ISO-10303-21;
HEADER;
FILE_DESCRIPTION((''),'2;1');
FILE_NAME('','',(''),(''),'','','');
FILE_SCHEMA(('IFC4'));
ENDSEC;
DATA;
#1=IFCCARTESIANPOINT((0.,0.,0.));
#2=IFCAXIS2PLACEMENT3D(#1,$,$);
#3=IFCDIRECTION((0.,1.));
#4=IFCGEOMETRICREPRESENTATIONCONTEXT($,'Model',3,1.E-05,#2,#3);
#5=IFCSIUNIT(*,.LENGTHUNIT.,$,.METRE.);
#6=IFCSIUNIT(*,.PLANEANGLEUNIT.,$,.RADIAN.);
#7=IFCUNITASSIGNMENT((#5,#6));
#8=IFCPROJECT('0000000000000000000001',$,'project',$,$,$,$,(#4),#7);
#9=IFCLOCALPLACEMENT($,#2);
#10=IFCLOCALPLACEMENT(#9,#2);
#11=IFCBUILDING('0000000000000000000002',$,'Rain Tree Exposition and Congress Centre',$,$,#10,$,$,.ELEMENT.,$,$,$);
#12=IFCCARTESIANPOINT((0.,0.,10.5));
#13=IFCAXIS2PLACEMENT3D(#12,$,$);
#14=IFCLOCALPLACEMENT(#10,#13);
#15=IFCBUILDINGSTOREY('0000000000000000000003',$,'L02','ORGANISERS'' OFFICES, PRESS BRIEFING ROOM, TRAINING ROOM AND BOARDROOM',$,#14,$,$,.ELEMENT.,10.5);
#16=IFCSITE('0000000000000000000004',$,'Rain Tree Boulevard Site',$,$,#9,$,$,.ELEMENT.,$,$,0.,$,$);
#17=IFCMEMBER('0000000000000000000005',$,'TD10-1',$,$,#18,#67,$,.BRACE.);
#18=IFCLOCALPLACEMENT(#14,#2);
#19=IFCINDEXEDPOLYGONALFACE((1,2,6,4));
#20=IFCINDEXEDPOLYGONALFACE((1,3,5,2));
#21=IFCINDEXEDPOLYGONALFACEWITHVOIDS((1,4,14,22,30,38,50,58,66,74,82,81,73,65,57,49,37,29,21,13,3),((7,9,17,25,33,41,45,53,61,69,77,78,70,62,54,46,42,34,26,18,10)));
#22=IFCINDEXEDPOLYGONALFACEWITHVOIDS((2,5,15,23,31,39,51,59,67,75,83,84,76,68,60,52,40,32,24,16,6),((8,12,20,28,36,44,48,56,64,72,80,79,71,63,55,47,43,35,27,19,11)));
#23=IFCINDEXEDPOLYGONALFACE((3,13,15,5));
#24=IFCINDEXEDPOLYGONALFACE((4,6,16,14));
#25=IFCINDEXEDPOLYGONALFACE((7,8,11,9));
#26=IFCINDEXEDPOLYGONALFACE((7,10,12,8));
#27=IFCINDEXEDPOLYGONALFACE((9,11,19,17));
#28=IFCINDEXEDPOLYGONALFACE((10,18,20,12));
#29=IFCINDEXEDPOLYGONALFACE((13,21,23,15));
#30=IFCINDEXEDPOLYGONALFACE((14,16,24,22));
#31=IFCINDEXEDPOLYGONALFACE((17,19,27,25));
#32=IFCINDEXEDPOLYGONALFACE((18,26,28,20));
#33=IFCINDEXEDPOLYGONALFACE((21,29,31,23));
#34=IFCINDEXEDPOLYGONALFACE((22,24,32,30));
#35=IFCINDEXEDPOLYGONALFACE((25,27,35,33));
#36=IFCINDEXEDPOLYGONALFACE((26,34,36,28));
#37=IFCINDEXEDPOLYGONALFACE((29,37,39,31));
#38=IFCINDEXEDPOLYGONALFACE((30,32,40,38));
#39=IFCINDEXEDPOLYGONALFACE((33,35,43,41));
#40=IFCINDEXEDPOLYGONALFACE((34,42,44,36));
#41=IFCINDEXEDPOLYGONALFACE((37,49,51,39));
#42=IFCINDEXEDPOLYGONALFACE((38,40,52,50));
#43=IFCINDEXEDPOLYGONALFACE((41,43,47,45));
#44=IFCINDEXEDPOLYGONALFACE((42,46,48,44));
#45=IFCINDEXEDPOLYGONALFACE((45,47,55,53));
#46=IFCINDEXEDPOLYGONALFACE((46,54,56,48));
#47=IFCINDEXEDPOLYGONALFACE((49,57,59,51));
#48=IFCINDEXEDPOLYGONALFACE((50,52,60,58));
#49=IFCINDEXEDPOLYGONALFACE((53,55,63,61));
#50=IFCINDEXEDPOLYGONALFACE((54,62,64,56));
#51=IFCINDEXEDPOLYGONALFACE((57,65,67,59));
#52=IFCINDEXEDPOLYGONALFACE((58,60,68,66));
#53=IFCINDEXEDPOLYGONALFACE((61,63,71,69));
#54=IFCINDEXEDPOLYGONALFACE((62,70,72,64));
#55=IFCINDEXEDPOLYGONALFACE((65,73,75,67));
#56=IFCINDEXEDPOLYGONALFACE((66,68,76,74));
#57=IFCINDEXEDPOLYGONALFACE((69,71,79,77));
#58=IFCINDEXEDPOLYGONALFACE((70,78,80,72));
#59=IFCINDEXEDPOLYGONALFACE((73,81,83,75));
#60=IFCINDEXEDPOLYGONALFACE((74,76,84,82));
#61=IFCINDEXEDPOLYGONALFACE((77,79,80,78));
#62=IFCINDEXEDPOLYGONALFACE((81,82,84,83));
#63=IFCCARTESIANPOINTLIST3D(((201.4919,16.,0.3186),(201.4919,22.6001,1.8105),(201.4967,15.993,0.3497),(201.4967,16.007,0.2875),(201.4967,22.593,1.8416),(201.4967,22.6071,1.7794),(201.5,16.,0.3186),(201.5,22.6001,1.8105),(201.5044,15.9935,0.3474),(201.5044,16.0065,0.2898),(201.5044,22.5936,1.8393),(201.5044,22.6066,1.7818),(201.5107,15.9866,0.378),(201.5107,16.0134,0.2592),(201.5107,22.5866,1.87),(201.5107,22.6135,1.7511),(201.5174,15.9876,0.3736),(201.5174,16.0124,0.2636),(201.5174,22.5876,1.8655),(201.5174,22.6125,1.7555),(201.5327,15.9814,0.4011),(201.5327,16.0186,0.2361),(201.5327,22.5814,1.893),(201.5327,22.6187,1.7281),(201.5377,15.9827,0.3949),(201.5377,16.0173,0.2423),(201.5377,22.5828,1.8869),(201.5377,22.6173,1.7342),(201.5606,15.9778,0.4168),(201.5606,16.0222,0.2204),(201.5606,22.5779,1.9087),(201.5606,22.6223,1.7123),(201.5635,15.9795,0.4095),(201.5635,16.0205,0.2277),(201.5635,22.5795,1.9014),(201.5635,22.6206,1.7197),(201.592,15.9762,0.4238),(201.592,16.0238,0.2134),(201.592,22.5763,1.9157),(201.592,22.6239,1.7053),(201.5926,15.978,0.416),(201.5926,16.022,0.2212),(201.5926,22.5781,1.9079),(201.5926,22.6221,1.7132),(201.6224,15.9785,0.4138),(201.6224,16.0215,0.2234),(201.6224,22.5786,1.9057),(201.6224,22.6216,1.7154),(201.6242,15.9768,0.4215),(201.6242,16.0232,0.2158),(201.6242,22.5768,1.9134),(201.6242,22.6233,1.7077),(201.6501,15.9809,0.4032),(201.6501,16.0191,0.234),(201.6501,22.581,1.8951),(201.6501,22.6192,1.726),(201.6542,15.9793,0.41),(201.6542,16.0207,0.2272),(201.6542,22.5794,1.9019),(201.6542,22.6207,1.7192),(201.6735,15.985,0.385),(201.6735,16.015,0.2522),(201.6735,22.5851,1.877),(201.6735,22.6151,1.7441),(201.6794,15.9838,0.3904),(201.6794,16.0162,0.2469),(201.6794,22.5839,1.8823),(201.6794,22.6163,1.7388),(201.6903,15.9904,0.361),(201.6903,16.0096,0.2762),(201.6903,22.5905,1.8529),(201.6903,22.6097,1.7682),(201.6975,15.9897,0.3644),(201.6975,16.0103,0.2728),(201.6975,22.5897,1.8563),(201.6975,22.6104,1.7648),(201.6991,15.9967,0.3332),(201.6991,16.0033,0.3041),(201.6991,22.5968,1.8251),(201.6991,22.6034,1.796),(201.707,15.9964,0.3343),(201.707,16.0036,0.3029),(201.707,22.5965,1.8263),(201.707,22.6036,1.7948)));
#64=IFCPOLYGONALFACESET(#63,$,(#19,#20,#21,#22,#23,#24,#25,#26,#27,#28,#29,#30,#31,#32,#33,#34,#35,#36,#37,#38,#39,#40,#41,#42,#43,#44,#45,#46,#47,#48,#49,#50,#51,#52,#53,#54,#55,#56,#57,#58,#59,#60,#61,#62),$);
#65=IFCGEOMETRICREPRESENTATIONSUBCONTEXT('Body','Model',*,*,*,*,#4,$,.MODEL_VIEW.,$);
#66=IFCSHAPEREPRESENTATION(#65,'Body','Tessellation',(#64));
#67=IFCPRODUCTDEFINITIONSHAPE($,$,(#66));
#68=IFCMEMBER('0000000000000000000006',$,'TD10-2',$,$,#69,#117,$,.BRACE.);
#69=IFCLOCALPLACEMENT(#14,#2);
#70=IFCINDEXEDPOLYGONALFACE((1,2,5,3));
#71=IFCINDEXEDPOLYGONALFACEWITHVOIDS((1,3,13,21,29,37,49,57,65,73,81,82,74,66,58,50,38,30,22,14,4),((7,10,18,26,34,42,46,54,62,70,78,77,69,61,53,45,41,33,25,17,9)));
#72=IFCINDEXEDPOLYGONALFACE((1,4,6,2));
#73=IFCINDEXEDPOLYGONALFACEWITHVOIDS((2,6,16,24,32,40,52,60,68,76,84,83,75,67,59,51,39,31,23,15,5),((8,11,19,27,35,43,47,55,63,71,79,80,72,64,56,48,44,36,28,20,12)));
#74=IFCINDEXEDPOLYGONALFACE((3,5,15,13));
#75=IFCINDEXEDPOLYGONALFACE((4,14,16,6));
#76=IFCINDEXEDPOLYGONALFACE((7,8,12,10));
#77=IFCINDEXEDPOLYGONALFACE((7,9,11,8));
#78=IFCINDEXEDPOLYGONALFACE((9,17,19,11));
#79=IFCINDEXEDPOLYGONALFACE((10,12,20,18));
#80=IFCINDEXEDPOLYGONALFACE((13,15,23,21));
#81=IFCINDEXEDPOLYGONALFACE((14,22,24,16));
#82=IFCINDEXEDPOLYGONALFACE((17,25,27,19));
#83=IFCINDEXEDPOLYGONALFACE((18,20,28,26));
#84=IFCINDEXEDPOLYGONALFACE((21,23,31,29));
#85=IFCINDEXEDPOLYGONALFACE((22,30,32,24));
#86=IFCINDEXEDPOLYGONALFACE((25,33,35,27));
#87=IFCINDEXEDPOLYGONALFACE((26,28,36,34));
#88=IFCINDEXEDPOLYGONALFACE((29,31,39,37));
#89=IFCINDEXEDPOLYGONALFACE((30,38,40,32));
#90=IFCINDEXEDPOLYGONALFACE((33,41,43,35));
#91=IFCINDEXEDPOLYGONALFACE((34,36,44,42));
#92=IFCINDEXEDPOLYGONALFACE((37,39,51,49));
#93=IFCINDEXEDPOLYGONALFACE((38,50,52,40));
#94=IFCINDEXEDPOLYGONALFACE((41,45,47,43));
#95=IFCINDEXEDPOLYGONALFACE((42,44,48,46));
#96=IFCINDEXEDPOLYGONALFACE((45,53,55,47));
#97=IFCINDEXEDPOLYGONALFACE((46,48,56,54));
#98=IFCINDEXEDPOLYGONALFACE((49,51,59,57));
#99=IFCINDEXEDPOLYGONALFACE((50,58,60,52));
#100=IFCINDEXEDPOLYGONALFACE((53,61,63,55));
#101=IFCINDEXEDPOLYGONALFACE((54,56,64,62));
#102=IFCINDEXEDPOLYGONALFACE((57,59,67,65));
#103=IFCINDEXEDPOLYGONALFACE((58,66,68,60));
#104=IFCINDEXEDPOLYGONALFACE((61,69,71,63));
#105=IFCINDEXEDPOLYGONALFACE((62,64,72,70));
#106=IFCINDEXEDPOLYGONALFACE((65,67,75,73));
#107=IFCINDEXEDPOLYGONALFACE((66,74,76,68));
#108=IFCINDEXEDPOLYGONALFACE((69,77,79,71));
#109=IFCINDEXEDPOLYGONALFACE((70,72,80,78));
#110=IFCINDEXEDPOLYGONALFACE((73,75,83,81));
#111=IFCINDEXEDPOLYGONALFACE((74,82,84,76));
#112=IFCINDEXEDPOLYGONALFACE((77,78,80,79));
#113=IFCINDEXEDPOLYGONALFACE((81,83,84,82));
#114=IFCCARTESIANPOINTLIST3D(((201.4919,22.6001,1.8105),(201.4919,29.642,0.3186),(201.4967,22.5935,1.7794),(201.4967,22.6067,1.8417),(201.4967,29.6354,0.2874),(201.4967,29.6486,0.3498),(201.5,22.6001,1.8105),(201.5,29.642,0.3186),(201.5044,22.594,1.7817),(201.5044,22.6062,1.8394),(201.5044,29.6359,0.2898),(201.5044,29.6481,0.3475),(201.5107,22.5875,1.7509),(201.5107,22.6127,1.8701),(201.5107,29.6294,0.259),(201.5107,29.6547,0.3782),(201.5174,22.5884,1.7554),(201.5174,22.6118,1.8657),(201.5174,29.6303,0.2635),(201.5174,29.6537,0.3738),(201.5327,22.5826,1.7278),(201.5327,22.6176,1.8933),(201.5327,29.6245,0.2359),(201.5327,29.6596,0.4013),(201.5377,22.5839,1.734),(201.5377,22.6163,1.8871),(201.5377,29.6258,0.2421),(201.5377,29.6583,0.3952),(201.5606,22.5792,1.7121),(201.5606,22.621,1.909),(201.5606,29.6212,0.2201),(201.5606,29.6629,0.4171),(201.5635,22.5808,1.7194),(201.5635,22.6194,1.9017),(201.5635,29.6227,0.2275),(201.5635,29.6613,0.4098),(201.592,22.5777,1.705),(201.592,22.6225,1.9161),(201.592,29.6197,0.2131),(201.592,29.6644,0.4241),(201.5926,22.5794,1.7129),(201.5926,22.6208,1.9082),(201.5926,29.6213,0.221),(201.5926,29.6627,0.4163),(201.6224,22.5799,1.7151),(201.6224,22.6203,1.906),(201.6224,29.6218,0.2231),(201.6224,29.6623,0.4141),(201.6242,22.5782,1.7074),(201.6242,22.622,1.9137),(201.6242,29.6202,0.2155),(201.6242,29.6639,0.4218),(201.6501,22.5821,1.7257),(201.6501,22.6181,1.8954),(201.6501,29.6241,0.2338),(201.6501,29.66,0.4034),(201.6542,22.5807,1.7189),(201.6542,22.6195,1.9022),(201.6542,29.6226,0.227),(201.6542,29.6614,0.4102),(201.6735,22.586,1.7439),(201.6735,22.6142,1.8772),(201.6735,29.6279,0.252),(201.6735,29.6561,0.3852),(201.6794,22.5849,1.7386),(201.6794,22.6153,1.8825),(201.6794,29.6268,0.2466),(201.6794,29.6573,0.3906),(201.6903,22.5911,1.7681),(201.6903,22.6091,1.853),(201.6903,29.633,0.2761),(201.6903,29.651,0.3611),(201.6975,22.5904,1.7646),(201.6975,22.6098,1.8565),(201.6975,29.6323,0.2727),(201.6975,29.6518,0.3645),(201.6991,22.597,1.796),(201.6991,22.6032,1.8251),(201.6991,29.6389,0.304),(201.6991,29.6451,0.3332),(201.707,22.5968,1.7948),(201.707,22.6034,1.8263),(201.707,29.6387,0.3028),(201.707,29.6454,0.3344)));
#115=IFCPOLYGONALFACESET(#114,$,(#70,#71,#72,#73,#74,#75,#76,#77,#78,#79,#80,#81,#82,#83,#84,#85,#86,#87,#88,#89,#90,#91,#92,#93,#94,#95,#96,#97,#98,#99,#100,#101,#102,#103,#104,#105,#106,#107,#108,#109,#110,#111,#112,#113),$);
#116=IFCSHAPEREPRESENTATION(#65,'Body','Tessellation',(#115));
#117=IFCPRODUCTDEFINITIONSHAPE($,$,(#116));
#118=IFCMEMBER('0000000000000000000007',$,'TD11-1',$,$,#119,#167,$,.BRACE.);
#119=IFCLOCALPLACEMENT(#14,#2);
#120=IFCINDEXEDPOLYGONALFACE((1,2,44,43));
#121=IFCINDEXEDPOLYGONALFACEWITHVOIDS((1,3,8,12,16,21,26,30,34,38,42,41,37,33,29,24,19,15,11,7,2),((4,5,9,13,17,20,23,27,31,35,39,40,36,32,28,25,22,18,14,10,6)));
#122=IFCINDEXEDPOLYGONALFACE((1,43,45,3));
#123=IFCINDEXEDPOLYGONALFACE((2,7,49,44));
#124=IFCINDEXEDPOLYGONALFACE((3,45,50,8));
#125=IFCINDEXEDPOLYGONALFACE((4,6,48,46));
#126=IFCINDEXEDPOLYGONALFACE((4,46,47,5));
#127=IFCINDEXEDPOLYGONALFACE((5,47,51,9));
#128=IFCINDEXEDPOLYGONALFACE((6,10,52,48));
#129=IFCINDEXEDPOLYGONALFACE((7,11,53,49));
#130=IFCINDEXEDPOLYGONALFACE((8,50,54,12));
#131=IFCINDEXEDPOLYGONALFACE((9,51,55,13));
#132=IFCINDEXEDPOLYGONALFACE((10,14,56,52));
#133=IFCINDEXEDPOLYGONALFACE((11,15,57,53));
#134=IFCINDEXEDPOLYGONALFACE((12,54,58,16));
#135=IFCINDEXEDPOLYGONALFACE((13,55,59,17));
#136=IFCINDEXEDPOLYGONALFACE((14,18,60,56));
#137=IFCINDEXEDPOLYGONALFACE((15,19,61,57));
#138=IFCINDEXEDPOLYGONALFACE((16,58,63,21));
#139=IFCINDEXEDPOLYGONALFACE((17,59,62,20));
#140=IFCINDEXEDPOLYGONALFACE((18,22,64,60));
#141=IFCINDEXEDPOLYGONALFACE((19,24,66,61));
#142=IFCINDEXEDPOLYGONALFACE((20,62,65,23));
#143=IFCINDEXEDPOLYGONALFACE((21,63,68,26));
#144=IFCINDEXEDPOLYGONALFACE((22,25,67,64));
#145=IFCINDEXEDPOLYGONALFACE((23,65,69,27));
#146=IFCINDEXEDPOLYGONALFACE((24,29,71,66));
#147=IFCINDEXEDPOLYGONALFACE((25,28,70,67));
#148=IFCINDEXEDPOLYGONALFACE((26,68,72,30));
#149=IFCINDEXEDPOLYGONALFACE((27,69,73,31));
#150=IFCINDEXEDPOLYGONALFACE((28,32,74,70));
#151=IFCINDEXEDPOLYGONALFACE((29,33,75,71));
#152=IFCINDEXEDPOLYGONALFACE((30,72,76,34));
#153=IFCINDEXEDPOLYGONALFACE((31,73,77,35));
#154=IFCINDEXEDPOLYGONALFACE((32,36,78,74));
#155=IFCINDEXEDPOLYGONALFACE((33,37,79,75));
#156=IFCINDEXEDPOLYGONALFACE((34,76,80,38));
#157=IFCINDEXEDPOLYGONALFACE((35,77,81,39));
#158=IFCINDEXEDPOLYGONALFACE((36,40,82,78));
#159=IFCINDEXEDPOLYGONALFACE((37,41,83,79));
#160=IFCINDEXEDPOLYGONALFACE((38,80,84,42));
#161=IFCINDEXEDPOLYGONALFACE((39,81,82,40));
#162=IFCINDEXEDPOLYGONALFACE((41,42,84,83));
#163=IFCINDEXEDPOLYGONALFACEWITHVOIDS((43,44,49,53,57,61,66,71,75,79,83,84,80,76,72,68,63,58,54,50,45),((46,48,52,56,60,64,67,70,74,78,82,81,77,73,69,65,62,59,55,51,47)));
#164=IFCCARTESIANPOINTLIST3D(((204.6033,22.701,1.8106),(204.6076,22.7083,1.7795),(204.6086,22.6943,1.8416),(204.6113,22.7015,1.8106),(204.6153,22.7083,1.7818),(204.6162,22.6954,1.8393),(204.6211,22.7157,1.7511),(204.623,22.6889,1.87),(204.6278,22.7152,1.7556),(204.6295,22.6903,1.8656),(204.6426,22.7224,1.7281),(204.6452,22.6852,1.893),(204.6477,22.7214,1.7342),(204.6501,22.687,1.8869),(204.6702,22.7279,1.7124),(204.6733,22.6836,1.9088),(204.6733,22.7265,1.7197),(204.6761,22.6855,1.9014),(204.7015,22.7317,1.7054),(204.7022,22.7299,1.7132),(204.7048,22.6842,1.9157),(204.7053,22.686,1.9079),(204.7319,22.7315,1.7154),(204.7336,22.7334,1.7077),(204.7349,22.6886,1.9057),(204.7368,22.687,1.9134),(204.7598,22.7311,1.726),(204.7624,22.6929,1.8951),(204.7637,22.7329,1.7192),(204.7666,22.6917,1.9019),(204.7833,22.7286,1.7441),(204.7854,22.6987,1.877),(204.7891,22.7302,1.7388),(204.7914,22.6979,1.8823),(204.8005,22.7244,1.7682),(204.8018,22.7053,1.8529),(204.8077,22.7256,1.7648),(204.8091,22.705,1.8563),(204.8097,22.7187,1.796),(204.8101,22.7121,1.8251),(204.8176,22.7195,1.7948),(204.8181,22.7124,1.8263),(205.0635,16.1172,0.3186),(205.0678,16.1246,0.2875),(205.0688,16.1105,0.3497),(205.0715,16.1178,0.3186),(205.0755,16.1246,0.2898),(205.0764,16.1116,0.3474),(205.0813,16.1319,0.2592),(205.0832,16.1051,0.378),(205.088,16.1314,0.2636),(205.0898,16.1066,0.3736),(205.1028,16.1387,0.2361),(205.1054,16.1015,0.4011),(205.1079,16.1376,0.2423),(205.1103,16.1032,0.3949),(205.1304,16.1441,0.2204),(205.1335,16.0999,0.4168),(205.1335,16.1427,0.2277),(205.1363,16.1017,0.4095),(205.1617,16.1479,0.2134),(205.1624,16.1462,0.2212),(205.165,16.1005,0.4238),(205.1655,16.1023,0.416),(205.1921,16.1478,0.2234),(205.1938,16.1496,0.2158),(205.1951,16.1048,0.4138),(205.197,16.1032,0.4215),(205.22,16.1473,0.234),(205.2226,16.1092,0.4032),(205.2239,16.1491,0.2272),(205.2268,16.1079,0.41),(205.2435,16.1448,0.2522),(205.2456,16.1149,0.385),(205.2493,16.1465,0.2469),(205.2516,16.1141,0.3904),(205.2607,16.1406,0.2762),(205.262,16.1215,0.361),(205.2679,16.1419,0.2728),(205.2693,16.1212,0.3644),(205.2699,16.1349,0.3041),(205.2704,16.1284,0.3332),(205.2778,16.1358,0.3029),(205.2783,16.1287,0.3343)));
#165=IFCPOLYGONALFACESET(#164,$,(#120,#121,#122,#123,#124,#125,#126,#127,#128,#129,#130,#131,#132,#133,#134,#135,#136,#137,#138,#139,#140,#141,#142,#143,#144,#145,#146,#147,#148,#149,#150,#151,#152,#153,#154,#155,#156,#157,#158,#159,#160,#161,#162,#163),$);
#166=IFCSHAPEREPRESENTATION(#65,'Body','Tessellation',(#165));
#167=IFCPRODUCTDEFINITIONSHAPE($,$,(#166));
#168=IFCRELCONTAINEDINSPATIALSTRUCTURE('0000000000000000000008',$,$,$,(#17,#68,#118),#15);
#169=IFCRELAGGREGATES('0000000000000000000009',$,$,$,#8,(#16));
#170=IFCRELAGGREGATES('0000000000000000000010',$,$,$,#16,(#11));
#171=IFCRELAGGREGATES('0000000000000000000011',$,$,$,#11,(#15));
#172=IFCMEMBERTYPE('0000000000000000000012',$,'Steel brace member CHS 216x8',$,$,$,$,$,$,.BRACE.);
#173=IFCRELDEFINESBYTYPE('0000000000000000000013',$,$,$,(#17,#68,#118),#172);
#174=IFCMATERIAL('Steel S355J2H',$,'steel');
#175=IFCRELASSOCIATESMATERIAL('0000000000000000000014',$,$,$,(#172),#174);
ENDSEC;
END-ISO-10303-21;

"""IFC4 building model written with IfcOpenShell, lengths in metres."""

from ifc_helpers import new_model, si_unit, direction, frame, origin, origin_2d, place, context, subcontext, project, spatial, hollow_circle, extrude, material, material_profile, profile_set, type_object, element, save


model = new_model("IFC4")

# Units and contexts
model_context = context("Model", 3, precision=1e-05, world=origin(), true_north=direction((0.0, 1.0)))
body_context = subcontext(model_context, "Body", "Model", "MODEL_VIEW")
ifc_project = project(units=[si_unit("LENGTHUNIT", "METRE"), si_unit("PLANEANGLEUNIT", "RADIAN")], contexts=[model_context])

# Site, building, storey
site_placement = place(None, origin())
site = spatial("IfcSite", under=ifc_project, at=site_placement, Name="Rain Tree Boulevard Site", CompositionType="ELEMENT", RefElevation=0.0)
building_placement = place(site_placement, origin())
building = spatial("IfcBuilding", under=site, at=building_placement, Name="Rain Tree Exposition and Congress Centre", CompositionType="ELEMENT")
storey_placement = place(building_placement, frame((0.0, 0.0, 10.5)))
storey = spatial("IfcBuildingStorey", under=building, at=storey_placement, Name="L02", Description="ORGANISERS' OFFICES, PRESS BRIEFING ROOM, TRAINING ROOM AND BOARDROOM", CompositionType="ELEMENT", Elevation=10.5)

# Members
ifc_material_1 = material(Name="Steel S355J2H", Category="steel")
ifc_material_profile_1 = material_profile(ifc_material_1, hollow_circle(Radius=0.1082, WallThickness=0.0081, at=origin_2d()), Name="CHS 216x8")
ifc_profile_set_1 = profile_set([ifc_material_profile_1], Name="Steel S355J2H")
member_type_1 = type_object("IfcMemberType", Name="Steel brace member CHS 216x8", PredefinedType="BRACE", material=ifc_profile_set_1)
member_1_placement = place(storey_placement, frame((201.6001, 16.0, 0.3186), z_axis=(0.0, 0.97539, 0.220486), x_axis=(-1.0, 0.0, 0.0)))
element("IfcMember", 1, at=member_1_placement, inside=storey, type_object=member_type_1, Name="TD10-1", PredefinedType="BRACE", context=body_context, shape_type="SweptSolid", body=[
    extrude(hollow_circle(Radius=0.1082, WallThickness=0.0081, at=origin_2d()), origin(), (0.0, 0.0, 1.0), 6.7666),
])
member_2_placement = place(storey_placement, frame((201.6001, 22.6001, 1.8105), z_axis=(0.0, 0.978285, -0.207263), x_axis=(-1.0, 0.0, 0.0)))
element("IfcMember", 2, at=member_2_placement, inside=storey, type_object=member_type_1, Name="TD10-2", PredefinedType="BRACE", context=body_context, shape_type="SweptSolid", body=[
    extrude(hollow_circle(Radius=0.1082, WallThickness=0.0081, at=origin_2d()), origin(), (0.0, 0.0, 1.0), 7.1982),
])
for number, where, z_axis, x_axis, name in (
    (3, (205.1714, 16.1248, 0.3186), (-0.068014, 0.973014, 0.220495), (-0.997566, -0.06973, 0.0), "TD11-1"),
):
    element("IfcMember", number, at=place(storey_placement, frame(where, z_axis=z_axis, x_axis=x_axis)), inside=storey, type_object=member_type_1, Name=name, PredefinedType="BRACE", context=body_context, shape_type="SweptSolid", body=[
        extrude(hollow_circle(Radius=0.1082, WallThickness=0.0081, at=origin_2d()), origin(), (0.0, 0.0, 1.0), 6.7664),
    ])

save(model, "model.ifc")
